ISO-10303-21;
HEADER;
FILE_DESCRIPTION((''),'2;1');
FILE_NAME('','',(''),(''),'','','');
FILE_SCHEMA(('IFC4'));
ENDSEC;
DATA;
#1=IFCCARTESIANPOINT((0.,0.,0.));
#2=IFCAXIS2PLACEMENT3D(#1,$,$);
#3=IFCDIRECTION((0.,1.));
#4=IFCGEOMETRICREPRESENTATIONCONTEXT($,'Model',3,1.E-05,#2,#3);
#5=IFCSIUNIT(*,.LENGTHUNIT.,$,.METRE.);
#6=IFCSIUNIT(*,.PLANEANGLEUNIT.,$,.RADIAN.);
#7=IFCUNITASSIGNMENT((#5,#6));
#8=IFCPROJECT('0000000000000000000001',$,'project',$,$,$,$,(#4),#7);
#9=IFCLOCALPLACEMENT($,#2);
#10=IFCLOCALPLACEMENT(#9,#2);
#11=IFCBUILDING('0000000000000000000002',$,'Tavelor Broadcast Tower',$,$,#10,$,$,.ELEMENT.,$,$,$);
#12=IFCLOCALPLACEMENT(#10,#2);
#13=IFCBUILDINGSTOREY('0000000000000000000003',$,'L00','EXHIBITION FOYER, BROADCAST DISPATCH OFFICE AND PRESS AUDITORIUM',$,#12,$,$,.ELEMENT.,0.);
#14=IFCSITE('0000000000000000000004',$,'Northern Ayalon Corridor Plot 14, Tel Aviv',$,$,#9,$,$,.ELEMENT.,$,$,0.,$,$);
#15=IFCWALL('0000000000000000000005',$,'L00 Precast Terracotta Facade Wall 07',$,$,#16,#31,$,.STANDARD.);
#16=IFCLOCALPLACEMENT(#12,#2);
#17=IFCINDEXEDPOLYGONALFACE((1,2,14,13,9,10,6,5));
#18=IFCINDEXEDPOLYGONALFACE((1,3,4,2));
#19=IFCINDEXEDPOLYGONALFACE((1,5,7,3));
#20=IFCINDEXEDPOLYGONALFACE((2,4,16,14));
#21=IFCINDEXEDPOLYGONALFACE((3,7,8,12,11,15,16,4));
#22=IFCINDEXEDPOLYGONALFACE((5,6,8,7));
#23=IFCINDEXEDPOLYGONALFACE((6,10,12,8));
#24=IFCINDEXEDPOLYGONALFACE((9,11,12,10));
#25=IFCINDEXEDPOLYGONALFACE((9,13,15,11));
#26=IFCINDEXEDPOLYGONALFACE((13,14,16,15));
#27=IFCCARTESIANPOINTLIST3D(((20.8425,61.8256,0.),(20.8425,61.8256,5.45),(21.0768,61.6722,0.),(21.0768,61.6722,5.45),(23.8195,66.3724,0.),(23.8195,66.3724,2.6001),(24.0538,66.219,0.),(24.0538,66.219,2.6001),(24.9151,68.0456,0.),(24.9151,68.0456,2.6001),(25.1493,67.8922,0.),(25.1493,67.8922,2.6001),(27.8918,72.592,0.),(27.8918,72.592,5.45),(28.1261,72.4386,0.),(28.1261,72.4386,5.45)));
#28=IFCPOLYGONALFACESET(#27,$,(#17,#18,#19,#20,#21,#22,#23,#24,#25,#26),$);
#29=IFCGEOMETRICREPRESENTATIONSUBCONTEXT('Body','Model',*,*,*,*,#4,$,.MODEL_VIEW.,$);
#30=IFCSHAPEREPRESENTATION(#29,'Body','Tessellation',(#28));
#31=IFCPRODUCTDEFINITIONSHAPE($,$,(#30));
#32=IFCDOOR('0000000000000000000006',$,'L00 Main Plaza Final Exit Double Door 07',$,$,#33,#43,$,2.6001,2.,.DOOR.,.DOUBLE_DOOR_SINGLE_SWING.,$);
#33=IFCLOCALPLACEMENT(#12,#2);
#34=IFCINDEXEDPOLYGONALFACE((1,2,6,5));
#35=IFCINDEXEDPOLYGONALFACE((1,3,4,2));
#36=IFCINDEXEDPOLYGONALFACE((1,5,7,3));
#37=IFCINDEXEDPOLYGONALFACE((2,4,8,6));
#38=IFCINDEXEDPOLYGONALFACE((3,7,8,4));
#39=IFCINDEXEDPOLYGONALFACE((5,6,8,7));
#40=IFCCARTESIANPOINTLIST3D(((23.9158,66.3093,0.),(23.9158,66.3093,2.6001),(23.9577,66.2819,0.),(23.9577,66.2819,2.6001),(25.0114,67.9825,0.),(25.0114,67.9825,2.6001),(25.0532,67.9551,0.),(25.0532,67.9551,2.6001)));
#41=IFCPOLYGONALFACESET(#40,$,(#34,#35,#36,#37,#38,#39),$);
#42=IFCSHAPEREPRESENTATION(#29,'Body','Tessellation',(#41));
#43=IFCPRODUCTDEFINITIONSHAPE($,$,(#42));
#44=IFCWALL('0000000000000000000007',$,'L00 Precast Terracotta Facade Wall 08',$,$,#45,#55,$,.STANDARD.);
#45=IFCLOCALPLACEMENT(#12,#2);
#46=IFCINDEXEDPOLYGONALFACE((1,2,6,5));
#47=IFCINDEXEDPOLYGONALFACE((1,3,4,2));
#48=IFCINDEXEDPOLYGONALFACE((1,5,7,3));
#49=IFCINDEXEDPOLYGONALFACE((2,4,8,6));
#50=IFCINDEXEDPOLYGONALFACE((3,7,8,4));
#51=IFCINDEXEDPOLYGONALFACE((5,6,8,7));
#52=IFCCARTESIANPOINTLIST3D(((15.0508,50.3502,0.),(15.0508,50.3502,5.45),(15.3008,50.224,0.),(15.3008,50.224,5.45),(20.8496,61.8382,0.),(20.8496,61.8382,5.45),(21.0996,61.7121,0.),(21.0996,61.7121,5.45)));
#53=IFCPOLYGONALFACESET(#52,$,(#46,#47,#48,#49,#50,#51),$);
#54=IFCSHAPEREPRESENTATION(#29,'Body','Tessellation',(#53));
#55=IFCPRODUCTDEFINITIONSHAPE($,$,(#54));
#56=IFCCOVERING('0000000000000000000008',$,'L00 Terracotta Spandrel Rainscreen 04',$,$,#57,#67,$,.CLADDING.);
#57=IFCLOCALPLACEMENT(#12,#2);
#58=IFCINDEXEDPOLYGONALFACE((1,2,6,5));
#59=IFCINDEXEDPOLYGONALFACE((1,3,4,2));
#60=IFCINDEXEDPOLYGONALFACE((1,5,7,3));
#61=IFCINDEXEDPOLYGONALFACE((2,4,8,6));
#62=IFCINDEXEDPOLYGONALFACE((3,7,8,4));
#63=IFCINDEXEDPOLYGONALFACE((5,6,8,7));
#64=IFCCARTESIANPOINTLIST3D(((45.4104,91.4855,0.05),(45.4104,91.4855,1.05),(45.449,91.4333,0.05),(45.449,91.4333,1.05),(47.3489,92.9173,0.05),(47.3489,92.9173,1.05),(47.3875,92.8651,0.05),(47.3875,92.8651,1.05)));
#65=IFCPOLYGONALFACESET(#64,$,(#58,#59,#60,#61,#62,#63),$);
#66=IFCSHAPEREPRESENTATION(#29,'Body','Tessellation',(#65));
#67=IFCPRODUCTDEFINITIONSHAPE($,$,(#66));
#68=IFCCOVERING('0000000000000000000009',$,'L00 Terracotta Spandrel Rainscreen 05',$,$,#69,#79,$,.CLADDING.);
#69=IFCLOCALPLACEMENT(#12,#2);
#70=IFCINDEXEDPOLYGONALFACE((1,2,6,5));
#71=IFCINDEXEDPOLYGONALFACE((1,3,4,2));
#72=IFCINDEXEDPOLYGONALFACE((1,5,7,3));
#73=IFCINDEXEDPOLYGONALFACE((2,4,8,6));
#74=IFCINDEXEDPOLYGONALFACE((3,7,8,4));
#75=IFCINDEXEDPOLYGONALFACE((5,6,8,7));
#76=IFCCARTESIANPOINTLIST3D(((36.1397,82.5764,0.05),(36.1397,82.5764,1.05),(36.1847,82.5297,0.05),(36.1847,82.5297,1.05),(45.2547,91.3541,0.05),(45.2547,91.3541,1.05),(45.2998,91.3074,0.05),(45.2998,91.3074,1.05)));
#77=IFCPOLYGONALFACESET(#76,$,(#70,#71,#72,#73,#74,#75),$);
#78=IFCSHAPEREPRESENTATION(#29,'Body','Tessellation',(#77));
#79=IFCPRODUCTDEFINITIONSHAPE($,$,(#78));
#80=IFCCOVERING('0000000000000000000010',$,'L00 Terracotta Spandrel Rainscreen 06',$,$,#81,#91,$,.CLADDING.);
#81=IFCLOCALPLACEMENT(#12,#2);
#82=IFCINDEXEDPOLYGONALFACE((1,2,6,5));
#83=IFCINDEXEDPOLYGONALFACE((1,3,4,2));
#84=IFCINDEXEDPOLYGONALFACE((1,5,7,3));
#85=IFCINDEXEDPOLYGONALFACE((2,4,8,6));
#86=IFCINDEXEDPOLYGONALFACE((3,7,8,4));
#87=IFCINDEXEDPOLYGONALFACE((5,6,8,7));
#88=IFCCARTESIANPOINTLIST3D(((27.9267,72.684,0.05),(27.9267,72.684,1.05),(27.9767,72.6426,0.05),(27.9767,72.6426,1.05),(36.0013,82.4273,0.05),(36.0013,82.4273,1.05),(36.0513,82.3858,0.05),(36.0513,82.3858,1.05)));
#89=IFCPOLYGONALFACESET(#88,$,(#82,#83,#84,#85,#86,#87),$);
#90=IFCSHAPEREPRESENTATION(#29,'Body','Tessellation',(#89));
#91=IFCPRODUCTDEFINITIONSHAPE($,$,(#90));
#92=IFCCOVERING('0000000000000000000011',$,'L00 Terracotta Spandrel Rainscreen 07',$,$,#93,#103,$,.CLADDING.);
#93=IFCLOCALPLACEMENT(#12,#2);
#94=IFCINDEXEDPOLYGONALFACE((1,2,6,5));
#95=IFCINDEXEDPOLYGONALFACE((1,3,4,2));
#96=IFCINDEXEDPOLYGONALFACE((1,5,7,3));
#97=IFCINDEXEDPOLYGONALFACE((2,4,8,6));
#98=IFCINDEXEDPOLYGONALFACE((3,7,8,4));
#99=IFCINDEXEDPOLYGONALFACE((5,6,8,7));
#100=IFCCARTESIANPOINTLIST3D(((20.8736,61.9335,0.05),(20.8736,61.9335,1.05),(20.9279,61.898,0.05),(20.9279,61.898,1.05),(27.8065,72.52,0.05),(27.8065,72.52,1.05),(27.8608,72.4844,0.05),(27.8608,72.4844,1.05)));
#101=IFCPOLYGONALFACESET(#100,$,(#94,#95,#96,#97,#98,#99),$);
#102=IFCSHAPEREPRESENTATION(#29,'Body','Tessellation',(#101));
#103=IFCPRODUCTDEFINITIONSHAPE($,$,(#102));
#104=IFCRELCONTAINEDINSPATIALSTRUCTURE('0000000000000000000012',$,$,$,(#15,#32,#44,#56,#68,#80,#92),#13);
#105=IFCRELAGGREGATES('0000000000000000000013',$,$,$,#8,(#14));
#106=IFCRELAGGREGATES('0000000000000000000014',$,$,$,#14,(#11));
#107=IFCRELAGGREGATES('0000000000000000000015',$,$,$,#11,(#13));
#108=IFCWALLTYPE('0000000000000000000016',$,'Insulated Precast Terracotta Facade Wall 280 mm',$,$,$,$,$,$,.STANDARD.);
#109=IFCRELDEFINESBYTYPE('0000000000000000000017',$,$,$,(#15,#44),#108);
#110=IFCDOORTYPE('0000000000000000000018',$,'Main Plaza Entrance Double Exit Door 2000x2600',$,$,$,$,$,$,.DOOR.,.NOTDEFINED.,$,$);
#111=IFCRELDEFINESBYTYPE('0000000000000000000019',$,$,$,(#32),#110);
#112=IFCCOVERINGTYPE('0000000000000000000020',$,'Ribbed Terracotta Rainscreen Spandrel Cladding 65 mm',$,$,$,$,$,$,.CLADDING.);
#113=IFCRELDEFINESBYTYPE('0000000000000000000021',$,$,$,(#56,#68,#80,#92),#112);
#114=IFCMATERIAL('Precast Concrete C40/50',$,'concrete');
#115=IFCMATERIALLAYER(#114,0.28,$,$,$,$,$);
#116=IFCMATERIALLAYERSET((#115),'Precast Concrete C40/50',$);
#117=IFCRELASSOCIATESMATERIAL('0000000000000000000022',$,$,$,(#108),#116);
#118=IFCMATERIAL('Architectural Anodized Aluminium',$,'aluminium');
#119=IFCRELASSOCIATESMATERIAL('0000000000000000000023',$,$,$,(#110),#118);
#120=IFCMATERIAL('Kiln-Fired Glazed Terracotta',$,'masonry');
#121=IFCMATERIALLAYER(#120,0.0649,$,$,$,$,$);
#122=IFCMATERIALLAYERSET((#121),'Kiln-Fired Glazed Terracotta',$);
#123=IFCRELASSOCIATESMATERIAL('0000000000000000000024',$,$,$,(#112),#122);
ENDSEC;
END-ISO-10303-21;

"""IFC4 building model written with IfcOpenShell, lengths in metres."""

from ifc_helpers import new_model, si_unit, direction, frame, frame_2d, origin, origin_2d, place, context, subcontext, project, spatial, rectangle, extrude, material, layer, layer_set, type_object, element, fill, save


model = new_model("IFC4")

# Units and contexts
model_context = context("Model", 3, precision=1e-05, world=origin(), true_north=direction((0.0, 1.0)))
body_context = subcontext(model_context, "Body", "Model", "MODEL_VIEW")
ifc_project = project(units=[si_unit("LENGTHUNIT", "METRE"), si_unit("PLANEANGLEUNIT", "RADIAN")], contexts=[model_context])

# Site, building, storey
site_placement = place(None, origin())
site = spatial("IfcSite", under=ifc_project, at=site_placement, Name="Northern Ayalon Corridor Plot 14, Tel Aviv", CompositionType="ELEMENT", RefElevation=0.0)
building_placement = place(site_placement, origin())
building = spatial("IfcBuilding", under=site, at=building_placement, Name="Tavelor Broadcast Tower", CompositionType="ELEMENT")
storey_placement = place(building_placement, origin())
storey = spatial("IfcBuildingStorey", under=building, at=storey_placement, Name="L00", Description="EXHIBITION FOYER, BROADCAST DISPATCH OFFICE AND PRESS AUDITORIUM", CompositionType="ELEMENT", Elevation=0.0)

# Shared definitions
ifc_material_1 = material(Name="Precast Concrete C40/50", Category="concrete")
ifc_layer_1 = layer(ifc_material_1, 0.28)
ifc_layer_set_1 = layer_set([ifc_layer_1], Name="Precast Concrete C40/50")
wall_type = type_object("IfcWallType", Name="Insulated Precast Terracotta Facade Wall 280 mm", PredefinedType="STANDARD", material=ifc_layer_set_1)

# Shared definitions
ifc_material_2 = material(Name="Architectural Anodized Aluminium", Category="aluminium")
door_type = type_object("IfcDoorType", Name="Main Plaza Entrance Double Exit Door 2000x2600", OperationType="NOTDEFINED", PredefinedType="DOOR", material=ifc_material_2)

# Wall, opening, door
wall_1_placement = place(storey_placement, frame((28.009, 72.5154, 0.0), z_axis=(0.0, 0.0, 1.0), x_axis=(-0.547781, -0.836622, 0.0)))
wall_1 = element("IfcWall", 1, at=wall_1_placement, inside=storey, type_object=wall_type, Name="L00 Precast Terracotta Facade Wall 07", PredefinedType="STANDARD", context=body_context, shape_type="SweptSolid", body=[
    extrude(rectangle(XDim=12.8689, YDim=0.28, at=frame_2d((6.4346, 0.0))), origin(), (0.0, 0.0, 1.0), 5.45),
])
opening_1_placement = place(wall_1_placement, frame((5.4343, 0.0, 0.0)))
opening_1 = element("IfcOpeningElement", 2, at=opening_1_placement, cuts=wall_1, PredefinedType="OPENING", context=body_context, shape_type="SweptSolid", body=[
    extrude(rectangle(XDim=2.0, YDim=2.6001, at=frame_2d((1.0, 1.3))), frame((0.0, 0.1499, 0.0), z_axis=(0.0, -1.0, 0.0), x_axis=(1.0, 0.0, 0.0)), (0.0, 0.0, 1.0), 0.3),
])
door_1_placement = place(opening_1_placement, frame((2.0, 0.0, 0.0), z_axis=(0.0, 0.0, 1.0), x_axis=(-1.0, 0.0, 0.0)))
door_1 = element("IfcDoor", 3, at=door_1_placement, inside=storey, type_object=door_type, Name="L00 Main Plaza Final Exit Double Door 07", OperationType="DOUBLE_DOOR_SINGLE_SWING", OverallHeight=2.6001, OverallWidth=2.0, PredefinedType="DOOR", context=body_context, shape_type="SweptSolid", body=[
    extrude(rectangle(XDim=2.0, YDim=2.6001, at=frame_2d((1.0, 1.3))), frame((0.0, 0.0249, 0.0), z_axis=(0.0, -1.0, 0.0), x_axis=(1.0, 0.0, 0.0)), (0.0, 0.0, 1.0), 0.05),
])
fill(opening_1, door_1)

# Wall
wall_2_placement = place(storey_placement, frame((20.9746, 61.7751, 0.0), z_axis=(0.0, 0.0, 1.0), x_axis=(-0.450618, -0.892717, 0.0)))
element("IfcWall", 4, at=wall_2_placement, inside=storey, type_object=wall_type, Name="L00 Precast Terracotta Facade Wall 08", PredefinedType="STANDARD", context=body_context, shape_type="SweptSolid", body=[
    extrude(rectangle(XDim=12.8687, YDim=0.28, at=frame_2d((6.4343, 0.0))), origin(), (0.0, 0.0, 1.0), 5.45),
])

# Coverings
ifc_material_3 = material(Name="Kiln-Fired Glazed Terracotta", Category="masonry")
ifc_layer_2 = layer(ifc_material_3, 0.0649)
ifc_layer_set_2 = layer_set([ifc_layer_2], Name="Kiln-Fired Glazed Terracotta")
covering_type = type_object("IfcCoveringType", Name="Ribbed Terracotta Rainscreen Spandrel Cladding 65 mm", PredefinedType="CLADDING", material=ifc_layer_set_2)
covering_1_placement = place(storey_placement, frame((46.3989, 92.1753, 0.05), z_axis=(0.0, 0.0, 1.0), x_axis=(-0.804376, -0.594121, 0.0)))
element("IfcCovering", 5, at=covering_1_placement, inside=storey, type_object=covering_type, Name="L00 Terracotta Spandrel Rainscreen 04", PredefinedType="CLADDING", context=body_context, shape_type="SweptSolid", body=[
    extrude(rectangle(XDim=2.4099, YDim=0.0649, at=origin_2d()), origin(), (0.0, 0.0, 1.0), 1.0),
])
for number, where, z_axis, x_axis, name in (
    (6, (40.7197, 86.9419, 0.05), (0.0, 0.0, 1.0), (-0.720309, -0.693653, 0.0), "L00 Terracotta Spandrel Rainscreen 05"),
    (7, (31.989, 77.5349, 0.05), (0.0, 0.0, 1.0), (-0.638096, -0.769957, 0.0), "L00 Terracotta Spandrel Rainscreen 06"),
):
    element("IfcCovering", number, at=place(storey_placement, frame(where, z_axis=z_axis, x_axis=x_axis)), inside=storey, type_object=covering_type, Name=name, PredefinedType="CLADDING", context=body_context, shape_type="SweptSolid", body=[
        extrude(rectangle(XDim=12.6543, YDim=0.0649, at=origin_2d()), origin(), (0.0, 0.0, 1.0), 1.0),
    ])
covering_2_placement = place(storey_placement, frame((24.3672, 67.209, 0.05), z_axis=(0.0, 0.0, 1.0), x_axis=(-0.547855, -0.836573, 0.0)))
element("IfcCovering", 8, at=covering_2_placement, inside=storey, type_object=covering_type, Name="L00 Terracotta Spandrel Rainscreen 07", PredefinedType="CLADDING", context=body_context, shape_type="SweptSolid", body=[
    extrude(rectangle(XDim=12.6545, YDim=0.0649, at=origin_2d()), origin(), (0.0, 0.0, 1.0), 1.0),
])

save(model, "model.ifc")
